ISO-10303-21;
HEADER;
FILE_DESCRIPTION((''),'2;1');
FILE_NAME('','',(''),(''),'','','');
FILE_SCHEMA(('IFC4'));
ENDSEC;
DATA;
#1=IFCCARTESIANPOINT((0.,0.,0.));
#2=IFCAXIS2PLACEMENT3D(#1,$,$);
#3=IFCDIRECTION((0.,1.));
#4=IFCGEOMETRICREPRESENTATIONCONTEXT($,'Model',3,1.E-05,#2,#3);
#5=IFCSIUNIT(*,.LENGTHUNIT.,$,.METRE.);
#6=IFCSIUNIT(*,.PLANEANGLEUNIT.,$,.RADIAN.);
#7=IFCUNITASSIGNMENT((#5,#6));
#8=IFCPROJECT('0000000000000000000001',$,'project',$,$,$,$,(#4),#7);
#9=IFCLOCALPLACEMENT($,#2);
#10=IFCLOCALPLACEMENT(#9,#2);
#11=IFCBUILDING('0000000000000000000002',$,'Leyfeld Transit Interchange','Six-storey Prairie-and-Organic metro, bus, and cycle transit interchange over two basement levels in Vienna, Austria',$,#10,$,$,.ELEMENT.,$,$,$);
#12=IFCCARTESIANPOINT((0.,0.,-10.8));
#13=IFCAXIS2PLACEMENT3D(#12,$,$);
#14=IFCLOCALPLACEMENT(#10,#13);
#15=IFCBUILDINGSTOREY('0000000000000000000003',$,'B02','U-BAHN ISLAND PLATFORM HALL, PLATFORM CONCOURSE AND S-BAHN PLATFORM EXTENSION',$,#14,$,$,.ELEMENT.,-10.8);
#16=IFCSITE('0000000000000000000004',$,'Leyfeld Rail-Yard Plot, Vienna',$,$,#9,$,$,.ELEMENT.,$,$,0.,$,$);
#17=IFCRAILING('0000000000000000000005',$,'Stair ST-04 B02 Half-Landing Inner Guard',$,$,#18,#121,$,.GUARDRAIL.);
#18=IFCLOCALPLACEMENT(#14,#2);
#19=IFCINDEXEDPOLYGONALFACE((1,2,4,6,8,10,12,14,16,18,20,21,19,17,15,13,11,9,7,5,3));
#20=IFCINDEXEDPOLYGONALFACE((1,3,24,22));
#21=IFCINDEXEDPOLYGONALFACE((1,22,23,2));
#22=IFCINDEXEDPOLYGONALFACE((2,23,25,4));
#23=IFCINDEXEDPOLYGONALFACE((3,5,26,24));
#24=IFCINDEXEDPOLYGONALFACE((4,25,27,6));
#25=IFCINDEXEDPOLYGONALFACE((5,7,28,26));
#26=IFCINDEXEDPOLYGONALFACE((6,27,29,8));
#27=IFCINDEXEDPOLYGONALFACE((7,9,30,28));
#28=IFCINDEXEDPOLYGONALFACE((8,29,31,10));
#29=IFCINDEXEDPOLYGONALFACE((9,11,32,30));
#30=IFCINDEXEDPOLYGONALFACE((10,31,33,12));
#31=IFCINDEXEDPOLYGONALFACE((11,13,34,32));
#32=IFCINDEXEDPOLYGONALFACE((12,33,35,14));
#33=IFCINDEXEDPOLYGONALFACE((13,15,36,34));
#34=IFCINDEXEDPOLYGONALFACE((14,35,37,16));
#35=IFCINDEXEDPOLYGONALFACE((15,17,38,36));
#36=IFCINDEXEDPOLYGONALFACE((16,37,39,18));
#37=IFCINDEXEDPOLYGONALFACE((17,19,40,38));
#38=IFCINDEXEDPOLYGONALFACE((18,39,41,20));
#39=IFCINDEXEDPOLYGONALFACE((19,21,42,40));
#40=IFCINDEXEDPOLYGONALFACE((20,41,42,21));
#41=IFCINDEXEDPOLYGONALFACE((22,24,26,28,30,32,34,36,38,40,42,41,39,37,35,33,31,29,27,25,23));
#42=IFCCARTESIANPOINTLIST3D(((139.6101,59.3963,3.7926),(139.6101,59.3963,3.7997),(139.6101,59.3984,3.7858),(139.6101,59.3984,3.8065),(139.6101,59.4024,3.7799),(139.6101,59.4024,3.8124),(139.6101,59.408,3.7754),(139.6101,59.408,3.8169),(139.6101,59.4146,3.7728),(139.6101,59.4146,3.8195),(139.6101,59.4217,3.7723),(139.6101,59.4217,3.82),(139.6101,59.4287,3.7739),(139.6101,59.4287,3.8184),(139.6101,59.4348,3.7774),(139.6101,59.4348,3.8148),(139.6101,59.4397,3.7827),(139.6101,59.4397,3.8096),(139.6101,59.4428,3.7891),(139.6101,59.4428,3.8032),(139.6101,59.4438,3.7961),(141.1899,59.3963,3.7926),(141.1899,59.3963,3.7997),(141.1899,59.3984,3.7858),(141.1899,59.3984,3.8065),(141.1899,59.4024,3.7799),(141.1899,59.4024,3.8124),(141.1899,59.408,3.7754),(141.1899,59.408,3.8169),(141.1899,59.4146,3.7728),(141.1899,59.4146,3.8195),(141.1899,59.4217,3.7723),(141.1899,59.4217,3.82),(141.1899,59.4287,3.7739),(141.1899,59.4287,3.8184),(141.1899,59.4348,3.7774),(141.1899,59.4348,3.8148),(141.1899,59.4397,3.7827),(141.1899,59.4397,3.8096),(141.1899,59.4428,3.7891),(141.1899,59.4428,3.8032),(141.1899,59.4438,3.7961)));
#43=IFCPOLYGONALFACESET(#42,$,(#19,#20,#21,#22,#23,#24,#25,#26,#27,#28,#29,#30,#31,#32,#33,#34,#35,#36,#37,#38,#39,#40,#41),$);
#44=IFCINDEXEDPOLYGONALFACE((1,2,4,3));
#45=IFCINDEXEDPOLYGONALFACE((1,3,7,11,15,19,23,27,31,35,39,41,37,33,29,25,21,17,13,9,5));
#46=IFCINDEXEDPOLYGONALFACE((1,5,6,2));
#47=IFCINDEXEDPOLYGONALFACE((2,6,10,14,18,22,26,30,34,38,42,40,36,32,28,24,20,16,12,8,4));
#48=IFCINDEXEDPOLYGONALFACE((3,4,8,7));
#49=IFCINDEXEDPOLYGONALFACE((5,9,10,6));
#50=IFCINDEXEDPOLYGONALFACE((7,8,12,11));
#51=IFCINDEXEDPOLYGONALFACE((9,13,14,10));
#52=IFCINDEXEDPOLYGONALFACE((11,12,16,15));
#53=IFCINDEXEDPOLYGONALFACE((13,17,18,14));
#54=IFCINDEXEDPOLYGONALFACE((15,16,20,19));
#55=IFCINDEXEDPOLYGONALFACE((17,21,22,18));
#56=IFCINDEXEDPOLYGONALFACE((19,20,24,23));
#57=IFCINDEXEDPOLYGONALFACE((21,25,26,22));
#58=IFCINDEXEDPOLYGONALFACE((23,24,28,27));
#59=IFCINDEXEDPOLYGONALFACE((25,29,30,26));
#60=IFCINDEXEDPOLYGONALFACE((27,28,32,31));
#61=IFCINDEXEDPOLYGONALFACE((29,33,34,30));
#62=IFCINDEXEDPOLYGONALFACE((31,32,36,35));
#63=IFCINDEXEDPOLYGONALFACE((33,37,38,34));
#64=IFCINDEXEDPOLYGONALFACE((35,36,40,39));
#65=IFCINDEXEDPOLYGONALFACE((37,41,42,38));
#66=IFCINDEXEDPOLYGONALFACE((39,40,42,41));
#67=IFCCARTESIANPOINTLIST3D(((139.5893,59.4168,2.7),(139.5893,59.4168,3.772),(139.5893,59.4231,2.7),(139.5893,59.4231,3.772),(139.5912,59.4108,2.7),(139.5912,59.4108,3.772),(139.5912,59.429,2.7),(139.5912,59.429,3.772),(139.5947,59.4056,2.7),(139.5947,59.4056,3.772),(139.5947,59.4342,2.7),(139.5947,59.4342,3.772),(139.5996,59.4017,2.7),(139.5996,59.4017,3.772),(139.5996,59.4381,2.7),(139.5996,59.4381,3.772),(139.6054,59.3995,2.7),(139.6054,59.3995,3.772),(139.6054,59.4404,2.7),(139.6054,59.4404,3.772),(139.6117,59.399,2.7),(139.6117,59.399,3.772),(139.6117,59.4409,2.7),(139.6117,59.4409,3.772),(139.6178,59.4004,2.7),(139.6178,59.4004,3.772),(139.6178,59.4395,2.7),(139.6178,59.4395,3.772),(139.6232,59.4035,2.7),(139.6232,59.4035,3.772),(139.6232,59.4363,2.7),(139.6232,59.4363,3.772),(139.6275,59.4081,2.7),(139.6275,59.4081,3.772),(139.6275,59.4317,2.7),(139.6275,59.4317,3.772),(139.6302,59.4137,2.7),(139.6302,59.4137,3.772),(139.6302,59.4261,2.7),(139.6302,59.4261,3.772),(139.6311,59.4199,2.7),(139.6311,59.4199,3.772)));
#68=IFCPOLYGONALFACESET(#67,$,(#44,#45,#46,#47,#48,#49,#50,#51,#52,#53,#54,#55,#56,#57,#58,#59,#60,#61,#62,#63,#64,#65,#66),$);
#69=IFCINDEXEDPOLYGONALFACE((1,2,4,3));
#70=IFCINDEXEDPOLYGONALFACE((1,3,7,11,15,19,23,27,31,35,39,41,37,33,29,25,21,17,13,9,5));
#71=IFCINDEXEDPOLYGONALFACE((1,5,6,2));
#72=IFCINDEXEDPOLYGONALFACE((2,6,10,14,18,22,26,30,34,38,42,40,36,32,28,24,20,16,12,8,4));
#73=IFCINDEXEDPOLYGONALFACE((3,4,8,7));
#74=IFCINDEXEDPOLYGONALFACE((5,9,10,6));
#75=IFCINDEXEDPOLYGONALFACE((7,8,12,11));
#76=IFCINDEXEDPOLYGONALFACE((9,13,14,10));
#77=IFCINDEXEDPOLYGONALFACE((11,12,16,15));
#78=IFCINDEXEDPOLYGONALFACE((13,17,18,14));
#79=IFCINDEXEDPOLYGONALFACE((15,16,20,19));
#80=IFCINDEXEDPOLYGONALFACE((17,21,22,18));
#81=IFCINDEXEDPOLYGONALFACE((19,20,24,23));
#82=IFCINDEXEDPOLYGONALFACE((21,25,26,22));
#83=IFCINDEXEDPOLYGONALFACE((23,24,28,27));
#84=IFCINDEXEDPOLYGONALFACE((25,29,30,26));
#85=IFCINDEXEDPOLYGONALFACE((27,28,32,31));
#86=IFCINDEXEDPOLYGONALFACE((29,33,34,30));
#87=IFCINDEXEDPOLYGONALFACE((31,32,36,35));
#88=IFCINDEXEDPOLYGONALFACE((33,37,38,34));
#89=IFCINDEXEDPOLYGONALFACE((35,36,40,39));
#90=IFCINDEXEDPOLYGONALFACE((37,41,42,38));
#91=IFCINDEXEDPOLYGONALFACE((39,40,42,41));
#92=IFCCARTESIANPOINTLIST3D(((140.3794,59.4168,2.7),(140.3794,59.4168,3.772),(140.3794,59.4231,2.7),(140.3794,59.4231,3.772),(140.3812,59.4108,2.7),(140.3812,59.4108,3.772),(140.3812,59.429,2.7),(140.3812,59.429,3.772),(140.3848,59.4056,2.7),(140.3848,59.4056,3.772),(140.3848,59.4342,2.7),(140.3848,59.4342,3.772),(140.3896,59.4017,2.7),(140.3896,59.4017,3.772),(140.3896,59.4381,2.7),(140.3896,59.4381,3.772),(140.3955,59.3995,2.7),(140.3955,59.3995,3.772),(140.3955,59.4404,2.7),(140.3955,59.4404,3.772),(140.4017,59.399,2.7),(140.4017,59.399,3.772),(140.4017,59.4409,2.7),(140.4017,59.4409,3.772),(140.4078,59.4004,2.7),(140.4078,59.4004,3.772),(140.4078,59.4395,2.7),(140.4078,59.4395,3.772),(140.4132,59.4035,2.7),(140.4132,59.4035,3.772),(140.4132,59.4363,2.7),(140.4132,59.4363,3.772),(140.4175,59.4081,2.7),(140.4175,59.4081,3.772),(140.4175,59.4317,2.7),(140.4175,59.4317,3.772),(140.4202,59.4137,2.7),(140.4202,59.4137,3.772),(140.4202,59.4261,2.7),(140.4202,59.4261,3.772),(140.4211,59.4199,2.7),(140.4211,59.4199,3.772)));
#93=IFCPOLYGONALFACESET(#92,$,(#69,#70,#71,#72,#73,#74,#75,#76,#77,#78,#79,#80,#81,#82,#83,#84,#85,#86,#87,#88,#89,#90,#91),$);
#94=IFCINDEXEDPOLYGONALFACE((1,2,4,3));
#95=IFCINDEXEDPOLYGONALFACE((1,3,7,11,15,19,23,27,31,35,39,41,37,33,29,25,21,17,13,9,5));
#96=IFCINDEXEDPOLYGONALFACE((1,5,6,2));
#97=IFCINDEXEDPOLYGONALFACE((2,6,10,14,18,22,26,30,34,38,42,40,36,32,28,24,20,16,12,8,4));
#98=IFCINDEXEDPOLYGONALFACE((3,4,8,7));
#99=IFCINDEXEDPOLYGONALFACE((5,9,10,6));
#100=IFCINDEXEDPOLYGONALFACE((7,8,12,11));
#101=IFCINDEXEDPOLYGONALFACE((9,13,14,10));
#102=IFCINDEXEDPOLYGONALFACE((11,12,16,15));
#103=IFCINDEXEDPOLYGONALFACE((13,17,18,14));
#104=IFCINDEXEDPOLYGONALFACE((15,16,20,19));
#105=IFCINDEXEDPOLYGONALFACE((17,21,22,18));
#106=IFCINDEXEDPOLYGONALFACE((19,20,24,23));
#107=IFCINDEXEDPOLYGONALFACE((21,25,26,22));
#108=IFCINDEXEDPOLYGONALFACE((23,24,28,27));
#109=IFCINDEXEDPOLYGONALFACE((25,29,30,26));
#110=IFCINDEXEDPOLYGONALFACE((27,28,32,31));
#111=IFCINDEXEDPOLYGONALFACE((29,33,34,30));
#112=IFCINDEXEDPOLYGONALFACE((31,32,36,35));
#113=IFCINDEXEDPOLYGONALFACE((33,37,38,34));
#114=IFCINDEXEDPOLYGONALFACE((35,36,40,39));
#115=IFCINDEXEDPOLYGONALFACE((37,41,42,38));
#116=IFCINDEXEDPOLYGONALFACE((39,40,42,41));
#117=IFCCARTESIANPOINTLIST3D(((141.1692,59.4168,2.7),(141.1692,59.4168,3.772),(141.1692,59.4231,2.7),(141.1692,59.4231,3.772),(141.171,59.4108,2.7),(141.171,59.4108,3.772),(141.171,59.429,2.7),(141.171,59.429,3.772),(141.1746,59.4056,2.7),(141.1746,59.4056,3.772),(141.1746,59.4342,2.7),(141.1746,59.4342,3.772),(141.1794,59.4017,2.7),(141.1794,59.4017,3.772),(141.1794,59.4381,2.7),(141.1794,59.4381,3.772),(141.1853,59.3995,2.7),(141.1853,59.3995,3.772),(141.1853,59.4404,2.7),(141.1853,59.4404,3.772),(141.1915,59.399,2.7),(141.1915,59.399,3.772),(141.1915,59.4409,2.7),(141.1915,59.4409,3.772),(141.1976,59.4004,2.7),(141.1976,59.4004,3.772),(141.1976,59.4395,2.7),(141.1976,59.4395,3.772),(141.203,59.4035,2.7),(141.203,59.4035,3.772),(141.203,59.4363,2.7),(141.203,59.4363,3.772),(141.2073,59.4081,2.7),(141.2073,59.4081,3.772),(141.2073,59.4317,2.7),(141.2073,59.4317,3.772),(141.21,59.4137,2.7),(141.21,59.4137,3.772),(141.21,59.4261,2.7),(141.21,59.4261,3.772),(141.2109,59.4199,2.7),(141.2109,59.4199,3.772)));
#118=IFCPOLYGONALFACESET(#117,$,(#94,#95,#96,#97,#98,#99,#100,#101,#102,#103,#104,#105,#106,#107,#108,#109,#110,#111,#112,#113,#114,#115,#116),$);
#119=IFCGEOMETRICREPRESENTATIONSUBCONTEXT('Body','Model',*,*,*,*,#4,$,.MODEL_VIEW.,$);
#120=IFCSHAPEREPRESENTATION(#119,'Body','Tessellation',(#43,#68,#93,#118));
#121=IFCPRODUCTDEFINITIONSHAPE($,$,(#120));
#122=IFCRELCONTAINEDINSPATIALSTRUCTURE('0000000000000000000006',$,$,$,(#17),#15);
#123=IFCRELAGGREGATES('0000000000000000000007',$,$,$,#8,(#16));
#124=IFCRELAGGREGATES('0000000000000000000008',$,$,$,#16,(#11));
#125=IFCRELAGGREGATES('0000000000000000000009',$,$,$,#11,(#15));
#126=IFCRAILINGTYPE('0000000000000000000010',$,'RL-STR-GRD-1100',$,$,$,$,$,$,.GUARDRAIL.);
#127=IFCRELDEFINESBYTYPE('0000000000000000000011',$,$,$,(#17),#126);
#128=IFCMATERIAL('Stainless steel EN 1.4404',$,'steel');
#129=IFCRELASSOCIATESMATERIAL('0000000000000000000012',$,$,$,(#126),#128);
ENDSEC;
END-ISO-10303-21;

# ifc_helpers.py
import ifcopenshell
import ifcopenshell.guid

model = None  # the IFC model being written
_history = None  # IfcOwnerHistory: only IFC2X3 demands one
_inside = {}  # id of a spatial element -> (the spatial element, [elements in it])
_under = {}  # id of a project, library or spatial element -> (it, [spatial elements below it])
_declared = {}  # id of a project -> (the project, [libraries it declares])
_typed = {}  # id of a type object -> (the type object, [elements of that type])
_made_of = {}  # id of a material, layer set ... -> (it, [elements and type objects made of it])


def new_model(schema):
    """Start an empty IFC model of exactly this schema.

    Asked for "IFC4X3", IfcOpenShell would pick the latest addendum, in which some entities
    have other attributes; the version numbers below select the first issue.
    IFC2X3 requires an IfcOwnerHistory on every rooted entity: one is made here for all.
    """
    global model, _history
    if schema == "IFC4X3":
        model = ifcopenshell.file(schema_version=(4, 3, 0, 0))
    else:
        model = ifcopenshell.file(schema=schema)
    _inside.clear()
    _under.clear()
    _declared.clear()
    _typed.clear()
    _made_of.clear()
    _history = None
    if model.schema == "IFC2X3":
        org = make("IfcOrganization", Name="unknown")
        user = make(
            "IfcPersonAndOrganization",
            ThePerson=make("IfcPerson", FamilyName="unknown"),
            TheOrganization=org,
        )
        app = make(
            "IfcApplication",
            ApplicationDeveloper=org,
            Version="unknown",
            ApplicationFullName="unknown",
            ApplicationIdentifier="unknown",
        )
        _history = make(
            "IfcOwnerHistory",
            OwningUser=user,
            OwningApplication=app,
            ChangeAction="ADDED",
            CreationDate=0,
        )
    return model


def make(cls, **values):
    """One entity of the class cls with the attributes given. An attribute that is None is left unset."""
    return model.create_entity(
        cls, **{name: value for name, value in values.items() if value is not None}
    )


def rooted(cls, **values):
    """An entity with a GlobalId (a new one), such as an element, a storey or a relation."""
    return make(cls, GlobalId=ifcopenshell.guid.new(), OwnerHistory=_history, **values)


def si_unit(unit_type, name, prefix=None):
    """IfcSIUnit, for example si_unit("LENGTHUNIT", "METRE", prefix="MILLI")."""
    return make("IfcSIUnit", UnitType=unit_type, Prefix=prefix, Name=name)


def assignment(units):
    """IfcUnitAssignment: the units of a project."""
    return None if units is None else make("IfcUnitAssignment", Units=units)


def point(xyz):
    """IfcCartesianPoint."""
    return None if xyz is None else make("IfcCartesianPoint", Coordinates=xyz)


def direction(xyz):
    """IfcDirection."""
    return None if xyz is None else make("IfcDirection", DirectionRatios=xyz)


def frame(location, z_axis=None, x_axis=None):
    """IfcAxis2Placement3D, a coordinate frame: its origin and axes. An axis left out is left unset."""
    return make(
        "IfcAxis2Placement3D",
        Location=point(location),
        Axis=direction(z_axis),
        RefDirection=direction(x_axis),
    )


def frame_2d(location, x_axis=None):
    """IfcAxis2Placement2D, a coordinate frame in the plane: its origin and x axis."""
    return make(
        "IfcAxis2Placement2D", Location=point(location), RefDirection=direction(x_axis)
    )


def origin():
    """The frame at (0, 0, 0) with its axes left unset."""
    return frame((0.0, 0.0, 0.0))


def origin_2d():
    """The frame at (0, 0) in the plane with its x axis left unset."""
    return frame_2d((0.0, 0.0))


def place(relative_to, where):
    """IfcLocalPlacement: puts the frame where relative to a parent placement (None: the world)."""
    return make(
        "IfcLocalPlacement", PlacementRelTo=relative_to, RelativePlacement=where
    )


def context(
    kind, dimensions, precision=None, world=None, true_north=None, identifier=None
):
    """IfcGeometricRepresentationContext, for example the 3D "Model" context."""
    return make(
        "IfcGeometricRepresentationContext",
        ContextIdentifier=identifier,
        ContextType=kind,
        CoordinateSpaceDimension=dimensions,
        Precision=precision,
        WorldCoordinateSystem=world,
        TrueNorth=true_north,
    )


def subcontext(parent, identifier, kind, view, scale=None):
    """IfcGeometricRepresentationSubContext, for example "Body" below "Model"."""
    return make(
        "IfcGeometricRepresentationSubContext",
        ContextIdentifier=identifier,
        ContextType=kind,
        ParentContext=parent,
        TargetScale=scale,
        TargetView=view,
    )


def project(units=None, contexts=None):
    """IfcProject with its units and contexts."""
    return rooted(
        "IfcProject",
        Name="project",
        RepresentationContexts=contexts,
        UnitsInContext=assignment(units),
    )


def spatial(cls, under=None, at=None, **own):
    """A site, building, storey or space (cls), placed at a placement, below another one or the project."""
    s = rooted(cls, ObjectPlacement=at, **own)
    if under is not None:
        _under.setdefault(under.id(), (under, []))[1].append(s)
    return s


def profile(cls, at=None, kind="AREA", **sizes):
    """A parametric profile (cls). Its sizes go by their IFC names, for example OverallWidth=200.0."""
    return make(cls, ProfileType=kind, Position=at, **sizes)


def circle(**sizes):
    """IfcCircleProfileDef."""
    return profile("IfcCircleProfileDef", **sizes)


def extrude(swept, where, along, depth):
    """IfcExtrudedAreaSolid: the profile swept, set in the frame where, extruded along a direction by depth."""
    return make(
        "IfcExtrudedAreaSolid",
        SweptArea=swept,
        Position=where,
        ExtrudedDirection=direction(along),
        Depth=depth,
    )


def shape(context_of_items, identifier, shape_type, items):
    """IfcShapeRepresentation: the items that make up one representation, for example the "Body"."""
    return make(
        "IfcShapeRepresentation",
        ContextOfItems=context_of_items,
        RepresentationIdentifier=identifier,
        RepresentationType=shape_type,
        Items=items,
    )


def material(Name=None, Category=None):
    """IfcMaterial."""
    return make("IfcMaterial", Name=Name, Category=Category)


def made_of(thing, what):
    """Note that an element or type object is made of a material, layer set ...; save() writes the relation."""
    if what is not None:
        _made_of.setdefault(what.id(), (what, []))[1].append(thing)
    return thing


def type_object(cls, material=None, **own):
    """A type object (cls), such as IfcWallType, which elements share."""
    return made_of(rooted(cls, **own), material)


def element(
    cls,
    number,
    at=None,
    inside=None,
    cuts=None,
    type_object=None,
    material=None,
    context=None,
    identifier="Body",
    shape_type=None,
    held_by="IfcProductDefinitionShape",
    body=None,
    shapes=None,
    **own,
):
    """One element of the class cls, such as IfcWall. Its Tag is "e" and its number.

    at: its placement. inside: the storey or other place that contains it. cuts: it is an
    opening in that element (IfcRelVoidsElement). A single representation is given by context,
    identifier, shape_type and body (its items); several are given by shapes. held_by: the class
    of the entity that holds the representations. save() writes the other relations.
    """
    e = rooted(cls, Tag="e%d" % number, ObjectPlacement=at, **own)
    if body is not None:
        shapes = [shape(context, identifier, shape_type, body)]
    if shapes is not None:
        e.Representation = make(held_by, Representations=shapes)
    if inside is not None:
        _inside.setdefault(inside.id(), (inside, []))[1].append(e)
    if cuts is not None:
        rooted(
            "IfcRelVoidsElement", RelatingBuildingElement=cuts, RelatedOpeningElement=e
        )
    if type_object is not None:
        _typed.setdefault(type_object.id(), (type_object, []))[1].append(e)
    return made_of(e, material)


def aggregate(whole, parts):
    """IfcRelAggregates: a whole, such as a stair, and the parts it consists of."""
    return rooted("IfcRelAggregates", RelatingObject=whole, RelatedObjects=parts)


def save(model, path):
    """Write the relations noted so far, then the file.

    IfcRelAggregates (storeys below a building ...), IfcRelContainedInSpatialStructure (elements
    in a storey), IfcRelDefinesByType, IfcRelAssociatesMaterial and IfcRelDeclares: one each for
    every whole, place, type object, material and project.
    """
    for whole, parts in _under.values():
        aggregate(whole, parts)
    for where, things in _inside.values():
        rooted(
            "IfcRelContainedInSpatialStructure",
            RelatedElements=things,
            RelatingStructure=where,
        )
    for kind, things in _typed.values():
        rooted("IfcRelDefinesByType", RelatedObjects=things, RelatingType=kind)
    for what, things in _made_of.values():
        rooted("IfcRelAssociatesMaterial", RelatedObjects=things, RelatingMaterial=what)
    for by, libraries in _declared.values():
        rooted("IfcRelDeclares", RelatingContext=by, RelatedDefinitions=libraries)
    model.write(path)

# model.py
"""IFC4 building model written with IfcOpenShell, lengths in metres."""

from ifc_helpers import new_model, si_unit, direction, frame, origin, origin_2d, place, context, subcontext, project, spatial, circle, extrude, material, type_object, element, save


model = new_model("IFC4")

# Units and contexts
model_context = context("Model", 3, precision=1e-05, world=origin(), true_north=direction((0.0, 1.0)))
body_context = subcontext(model_context, "Body", "Model", "MODEL_VIEW")
ifc_project = project(units=[si_unit("LENGTHUNIT", "METRE"), si_unit("PLANEANGLEUNIT", "RADIAN")], contexts=[model_context])

# Site, building, storey
site_placement = place(None, origin())
site = spatial("IfcSite", under=ifc_project, at=site_placement, Name="Leyfeld Rail-Yard Plot, Vienna", CompositionType="ELEMENT", RefElevation=0.0)
building_placement = place(site_placement, origin())
building = spatial("IfcBuilding", under=site, at=building_placement, Name="Leyfeld Transit Interchange", Description="Six-storey Prairie-and-Organic metro, bus, and cycle transit interchange over two basement levels in Vienna, Austria", CompositionType="ELEMENT")
storey_placement = place(building_placement, frame((0.0, 0.0, -10.8)))
storey = spatial("IfcBuildingStorey", under=building, at=storey_placement, Name="B02", Description="U-BAHN ISLAND PLATFORM HALL, PLATFORM CONCOURSE AND S-BAHN PLATFORM EXTENSION", CompositionType="ELEMENT", Elevation=-10.8)

# Railing
ifc_material_1 = material(Name="Stainless steel EN 1.4404", Category="steel")
railing_type_1 = type_object("IfcRailingType", Name="RL-STR-GRD-1100", PredefinedType="GUARDRAIL", material=ifc_material_1)
railing_1_placement = place(storey_placement, frame((139.6101, 59.4199, 2.7)))
element("IfcRailing", 1, at=railing_1_placement, inside=storey, type_object=railing_type_1, Name="Stair ST-04 B02 Half-Landing Inner Guard", PredefinedType="GUARDRAIL", context=body_context, shape_type="SweptSolid", body=[
    extrude(circle(Radius=0.0239, at=origin_2d()), frame((0.0, 0.0, 1.0962), z_axis=(1.0, 0.0, 0.0), x_axis=(0.0, 1.0, 0.0)), (0.0, 0.0, 1.0), 1.5798),
    extrude(circle(Radius=0.021, at=origin_2d()), origin(), (0.0, 0.0, 1.0), 1.072),
    extrude(circle(Radius=0.021, at=origin_2d()), frame((0.79, 0.0, 0.0)), (0.0, 0.0, 1.0), 1.072),
    extrude(circle(Radius=0.021, at=origin_2d()), frame((1.5798, 0.0, 0.0)), (0.0, 0.0, 1.0), 1.072),
])

save(model, "model.ifc")
